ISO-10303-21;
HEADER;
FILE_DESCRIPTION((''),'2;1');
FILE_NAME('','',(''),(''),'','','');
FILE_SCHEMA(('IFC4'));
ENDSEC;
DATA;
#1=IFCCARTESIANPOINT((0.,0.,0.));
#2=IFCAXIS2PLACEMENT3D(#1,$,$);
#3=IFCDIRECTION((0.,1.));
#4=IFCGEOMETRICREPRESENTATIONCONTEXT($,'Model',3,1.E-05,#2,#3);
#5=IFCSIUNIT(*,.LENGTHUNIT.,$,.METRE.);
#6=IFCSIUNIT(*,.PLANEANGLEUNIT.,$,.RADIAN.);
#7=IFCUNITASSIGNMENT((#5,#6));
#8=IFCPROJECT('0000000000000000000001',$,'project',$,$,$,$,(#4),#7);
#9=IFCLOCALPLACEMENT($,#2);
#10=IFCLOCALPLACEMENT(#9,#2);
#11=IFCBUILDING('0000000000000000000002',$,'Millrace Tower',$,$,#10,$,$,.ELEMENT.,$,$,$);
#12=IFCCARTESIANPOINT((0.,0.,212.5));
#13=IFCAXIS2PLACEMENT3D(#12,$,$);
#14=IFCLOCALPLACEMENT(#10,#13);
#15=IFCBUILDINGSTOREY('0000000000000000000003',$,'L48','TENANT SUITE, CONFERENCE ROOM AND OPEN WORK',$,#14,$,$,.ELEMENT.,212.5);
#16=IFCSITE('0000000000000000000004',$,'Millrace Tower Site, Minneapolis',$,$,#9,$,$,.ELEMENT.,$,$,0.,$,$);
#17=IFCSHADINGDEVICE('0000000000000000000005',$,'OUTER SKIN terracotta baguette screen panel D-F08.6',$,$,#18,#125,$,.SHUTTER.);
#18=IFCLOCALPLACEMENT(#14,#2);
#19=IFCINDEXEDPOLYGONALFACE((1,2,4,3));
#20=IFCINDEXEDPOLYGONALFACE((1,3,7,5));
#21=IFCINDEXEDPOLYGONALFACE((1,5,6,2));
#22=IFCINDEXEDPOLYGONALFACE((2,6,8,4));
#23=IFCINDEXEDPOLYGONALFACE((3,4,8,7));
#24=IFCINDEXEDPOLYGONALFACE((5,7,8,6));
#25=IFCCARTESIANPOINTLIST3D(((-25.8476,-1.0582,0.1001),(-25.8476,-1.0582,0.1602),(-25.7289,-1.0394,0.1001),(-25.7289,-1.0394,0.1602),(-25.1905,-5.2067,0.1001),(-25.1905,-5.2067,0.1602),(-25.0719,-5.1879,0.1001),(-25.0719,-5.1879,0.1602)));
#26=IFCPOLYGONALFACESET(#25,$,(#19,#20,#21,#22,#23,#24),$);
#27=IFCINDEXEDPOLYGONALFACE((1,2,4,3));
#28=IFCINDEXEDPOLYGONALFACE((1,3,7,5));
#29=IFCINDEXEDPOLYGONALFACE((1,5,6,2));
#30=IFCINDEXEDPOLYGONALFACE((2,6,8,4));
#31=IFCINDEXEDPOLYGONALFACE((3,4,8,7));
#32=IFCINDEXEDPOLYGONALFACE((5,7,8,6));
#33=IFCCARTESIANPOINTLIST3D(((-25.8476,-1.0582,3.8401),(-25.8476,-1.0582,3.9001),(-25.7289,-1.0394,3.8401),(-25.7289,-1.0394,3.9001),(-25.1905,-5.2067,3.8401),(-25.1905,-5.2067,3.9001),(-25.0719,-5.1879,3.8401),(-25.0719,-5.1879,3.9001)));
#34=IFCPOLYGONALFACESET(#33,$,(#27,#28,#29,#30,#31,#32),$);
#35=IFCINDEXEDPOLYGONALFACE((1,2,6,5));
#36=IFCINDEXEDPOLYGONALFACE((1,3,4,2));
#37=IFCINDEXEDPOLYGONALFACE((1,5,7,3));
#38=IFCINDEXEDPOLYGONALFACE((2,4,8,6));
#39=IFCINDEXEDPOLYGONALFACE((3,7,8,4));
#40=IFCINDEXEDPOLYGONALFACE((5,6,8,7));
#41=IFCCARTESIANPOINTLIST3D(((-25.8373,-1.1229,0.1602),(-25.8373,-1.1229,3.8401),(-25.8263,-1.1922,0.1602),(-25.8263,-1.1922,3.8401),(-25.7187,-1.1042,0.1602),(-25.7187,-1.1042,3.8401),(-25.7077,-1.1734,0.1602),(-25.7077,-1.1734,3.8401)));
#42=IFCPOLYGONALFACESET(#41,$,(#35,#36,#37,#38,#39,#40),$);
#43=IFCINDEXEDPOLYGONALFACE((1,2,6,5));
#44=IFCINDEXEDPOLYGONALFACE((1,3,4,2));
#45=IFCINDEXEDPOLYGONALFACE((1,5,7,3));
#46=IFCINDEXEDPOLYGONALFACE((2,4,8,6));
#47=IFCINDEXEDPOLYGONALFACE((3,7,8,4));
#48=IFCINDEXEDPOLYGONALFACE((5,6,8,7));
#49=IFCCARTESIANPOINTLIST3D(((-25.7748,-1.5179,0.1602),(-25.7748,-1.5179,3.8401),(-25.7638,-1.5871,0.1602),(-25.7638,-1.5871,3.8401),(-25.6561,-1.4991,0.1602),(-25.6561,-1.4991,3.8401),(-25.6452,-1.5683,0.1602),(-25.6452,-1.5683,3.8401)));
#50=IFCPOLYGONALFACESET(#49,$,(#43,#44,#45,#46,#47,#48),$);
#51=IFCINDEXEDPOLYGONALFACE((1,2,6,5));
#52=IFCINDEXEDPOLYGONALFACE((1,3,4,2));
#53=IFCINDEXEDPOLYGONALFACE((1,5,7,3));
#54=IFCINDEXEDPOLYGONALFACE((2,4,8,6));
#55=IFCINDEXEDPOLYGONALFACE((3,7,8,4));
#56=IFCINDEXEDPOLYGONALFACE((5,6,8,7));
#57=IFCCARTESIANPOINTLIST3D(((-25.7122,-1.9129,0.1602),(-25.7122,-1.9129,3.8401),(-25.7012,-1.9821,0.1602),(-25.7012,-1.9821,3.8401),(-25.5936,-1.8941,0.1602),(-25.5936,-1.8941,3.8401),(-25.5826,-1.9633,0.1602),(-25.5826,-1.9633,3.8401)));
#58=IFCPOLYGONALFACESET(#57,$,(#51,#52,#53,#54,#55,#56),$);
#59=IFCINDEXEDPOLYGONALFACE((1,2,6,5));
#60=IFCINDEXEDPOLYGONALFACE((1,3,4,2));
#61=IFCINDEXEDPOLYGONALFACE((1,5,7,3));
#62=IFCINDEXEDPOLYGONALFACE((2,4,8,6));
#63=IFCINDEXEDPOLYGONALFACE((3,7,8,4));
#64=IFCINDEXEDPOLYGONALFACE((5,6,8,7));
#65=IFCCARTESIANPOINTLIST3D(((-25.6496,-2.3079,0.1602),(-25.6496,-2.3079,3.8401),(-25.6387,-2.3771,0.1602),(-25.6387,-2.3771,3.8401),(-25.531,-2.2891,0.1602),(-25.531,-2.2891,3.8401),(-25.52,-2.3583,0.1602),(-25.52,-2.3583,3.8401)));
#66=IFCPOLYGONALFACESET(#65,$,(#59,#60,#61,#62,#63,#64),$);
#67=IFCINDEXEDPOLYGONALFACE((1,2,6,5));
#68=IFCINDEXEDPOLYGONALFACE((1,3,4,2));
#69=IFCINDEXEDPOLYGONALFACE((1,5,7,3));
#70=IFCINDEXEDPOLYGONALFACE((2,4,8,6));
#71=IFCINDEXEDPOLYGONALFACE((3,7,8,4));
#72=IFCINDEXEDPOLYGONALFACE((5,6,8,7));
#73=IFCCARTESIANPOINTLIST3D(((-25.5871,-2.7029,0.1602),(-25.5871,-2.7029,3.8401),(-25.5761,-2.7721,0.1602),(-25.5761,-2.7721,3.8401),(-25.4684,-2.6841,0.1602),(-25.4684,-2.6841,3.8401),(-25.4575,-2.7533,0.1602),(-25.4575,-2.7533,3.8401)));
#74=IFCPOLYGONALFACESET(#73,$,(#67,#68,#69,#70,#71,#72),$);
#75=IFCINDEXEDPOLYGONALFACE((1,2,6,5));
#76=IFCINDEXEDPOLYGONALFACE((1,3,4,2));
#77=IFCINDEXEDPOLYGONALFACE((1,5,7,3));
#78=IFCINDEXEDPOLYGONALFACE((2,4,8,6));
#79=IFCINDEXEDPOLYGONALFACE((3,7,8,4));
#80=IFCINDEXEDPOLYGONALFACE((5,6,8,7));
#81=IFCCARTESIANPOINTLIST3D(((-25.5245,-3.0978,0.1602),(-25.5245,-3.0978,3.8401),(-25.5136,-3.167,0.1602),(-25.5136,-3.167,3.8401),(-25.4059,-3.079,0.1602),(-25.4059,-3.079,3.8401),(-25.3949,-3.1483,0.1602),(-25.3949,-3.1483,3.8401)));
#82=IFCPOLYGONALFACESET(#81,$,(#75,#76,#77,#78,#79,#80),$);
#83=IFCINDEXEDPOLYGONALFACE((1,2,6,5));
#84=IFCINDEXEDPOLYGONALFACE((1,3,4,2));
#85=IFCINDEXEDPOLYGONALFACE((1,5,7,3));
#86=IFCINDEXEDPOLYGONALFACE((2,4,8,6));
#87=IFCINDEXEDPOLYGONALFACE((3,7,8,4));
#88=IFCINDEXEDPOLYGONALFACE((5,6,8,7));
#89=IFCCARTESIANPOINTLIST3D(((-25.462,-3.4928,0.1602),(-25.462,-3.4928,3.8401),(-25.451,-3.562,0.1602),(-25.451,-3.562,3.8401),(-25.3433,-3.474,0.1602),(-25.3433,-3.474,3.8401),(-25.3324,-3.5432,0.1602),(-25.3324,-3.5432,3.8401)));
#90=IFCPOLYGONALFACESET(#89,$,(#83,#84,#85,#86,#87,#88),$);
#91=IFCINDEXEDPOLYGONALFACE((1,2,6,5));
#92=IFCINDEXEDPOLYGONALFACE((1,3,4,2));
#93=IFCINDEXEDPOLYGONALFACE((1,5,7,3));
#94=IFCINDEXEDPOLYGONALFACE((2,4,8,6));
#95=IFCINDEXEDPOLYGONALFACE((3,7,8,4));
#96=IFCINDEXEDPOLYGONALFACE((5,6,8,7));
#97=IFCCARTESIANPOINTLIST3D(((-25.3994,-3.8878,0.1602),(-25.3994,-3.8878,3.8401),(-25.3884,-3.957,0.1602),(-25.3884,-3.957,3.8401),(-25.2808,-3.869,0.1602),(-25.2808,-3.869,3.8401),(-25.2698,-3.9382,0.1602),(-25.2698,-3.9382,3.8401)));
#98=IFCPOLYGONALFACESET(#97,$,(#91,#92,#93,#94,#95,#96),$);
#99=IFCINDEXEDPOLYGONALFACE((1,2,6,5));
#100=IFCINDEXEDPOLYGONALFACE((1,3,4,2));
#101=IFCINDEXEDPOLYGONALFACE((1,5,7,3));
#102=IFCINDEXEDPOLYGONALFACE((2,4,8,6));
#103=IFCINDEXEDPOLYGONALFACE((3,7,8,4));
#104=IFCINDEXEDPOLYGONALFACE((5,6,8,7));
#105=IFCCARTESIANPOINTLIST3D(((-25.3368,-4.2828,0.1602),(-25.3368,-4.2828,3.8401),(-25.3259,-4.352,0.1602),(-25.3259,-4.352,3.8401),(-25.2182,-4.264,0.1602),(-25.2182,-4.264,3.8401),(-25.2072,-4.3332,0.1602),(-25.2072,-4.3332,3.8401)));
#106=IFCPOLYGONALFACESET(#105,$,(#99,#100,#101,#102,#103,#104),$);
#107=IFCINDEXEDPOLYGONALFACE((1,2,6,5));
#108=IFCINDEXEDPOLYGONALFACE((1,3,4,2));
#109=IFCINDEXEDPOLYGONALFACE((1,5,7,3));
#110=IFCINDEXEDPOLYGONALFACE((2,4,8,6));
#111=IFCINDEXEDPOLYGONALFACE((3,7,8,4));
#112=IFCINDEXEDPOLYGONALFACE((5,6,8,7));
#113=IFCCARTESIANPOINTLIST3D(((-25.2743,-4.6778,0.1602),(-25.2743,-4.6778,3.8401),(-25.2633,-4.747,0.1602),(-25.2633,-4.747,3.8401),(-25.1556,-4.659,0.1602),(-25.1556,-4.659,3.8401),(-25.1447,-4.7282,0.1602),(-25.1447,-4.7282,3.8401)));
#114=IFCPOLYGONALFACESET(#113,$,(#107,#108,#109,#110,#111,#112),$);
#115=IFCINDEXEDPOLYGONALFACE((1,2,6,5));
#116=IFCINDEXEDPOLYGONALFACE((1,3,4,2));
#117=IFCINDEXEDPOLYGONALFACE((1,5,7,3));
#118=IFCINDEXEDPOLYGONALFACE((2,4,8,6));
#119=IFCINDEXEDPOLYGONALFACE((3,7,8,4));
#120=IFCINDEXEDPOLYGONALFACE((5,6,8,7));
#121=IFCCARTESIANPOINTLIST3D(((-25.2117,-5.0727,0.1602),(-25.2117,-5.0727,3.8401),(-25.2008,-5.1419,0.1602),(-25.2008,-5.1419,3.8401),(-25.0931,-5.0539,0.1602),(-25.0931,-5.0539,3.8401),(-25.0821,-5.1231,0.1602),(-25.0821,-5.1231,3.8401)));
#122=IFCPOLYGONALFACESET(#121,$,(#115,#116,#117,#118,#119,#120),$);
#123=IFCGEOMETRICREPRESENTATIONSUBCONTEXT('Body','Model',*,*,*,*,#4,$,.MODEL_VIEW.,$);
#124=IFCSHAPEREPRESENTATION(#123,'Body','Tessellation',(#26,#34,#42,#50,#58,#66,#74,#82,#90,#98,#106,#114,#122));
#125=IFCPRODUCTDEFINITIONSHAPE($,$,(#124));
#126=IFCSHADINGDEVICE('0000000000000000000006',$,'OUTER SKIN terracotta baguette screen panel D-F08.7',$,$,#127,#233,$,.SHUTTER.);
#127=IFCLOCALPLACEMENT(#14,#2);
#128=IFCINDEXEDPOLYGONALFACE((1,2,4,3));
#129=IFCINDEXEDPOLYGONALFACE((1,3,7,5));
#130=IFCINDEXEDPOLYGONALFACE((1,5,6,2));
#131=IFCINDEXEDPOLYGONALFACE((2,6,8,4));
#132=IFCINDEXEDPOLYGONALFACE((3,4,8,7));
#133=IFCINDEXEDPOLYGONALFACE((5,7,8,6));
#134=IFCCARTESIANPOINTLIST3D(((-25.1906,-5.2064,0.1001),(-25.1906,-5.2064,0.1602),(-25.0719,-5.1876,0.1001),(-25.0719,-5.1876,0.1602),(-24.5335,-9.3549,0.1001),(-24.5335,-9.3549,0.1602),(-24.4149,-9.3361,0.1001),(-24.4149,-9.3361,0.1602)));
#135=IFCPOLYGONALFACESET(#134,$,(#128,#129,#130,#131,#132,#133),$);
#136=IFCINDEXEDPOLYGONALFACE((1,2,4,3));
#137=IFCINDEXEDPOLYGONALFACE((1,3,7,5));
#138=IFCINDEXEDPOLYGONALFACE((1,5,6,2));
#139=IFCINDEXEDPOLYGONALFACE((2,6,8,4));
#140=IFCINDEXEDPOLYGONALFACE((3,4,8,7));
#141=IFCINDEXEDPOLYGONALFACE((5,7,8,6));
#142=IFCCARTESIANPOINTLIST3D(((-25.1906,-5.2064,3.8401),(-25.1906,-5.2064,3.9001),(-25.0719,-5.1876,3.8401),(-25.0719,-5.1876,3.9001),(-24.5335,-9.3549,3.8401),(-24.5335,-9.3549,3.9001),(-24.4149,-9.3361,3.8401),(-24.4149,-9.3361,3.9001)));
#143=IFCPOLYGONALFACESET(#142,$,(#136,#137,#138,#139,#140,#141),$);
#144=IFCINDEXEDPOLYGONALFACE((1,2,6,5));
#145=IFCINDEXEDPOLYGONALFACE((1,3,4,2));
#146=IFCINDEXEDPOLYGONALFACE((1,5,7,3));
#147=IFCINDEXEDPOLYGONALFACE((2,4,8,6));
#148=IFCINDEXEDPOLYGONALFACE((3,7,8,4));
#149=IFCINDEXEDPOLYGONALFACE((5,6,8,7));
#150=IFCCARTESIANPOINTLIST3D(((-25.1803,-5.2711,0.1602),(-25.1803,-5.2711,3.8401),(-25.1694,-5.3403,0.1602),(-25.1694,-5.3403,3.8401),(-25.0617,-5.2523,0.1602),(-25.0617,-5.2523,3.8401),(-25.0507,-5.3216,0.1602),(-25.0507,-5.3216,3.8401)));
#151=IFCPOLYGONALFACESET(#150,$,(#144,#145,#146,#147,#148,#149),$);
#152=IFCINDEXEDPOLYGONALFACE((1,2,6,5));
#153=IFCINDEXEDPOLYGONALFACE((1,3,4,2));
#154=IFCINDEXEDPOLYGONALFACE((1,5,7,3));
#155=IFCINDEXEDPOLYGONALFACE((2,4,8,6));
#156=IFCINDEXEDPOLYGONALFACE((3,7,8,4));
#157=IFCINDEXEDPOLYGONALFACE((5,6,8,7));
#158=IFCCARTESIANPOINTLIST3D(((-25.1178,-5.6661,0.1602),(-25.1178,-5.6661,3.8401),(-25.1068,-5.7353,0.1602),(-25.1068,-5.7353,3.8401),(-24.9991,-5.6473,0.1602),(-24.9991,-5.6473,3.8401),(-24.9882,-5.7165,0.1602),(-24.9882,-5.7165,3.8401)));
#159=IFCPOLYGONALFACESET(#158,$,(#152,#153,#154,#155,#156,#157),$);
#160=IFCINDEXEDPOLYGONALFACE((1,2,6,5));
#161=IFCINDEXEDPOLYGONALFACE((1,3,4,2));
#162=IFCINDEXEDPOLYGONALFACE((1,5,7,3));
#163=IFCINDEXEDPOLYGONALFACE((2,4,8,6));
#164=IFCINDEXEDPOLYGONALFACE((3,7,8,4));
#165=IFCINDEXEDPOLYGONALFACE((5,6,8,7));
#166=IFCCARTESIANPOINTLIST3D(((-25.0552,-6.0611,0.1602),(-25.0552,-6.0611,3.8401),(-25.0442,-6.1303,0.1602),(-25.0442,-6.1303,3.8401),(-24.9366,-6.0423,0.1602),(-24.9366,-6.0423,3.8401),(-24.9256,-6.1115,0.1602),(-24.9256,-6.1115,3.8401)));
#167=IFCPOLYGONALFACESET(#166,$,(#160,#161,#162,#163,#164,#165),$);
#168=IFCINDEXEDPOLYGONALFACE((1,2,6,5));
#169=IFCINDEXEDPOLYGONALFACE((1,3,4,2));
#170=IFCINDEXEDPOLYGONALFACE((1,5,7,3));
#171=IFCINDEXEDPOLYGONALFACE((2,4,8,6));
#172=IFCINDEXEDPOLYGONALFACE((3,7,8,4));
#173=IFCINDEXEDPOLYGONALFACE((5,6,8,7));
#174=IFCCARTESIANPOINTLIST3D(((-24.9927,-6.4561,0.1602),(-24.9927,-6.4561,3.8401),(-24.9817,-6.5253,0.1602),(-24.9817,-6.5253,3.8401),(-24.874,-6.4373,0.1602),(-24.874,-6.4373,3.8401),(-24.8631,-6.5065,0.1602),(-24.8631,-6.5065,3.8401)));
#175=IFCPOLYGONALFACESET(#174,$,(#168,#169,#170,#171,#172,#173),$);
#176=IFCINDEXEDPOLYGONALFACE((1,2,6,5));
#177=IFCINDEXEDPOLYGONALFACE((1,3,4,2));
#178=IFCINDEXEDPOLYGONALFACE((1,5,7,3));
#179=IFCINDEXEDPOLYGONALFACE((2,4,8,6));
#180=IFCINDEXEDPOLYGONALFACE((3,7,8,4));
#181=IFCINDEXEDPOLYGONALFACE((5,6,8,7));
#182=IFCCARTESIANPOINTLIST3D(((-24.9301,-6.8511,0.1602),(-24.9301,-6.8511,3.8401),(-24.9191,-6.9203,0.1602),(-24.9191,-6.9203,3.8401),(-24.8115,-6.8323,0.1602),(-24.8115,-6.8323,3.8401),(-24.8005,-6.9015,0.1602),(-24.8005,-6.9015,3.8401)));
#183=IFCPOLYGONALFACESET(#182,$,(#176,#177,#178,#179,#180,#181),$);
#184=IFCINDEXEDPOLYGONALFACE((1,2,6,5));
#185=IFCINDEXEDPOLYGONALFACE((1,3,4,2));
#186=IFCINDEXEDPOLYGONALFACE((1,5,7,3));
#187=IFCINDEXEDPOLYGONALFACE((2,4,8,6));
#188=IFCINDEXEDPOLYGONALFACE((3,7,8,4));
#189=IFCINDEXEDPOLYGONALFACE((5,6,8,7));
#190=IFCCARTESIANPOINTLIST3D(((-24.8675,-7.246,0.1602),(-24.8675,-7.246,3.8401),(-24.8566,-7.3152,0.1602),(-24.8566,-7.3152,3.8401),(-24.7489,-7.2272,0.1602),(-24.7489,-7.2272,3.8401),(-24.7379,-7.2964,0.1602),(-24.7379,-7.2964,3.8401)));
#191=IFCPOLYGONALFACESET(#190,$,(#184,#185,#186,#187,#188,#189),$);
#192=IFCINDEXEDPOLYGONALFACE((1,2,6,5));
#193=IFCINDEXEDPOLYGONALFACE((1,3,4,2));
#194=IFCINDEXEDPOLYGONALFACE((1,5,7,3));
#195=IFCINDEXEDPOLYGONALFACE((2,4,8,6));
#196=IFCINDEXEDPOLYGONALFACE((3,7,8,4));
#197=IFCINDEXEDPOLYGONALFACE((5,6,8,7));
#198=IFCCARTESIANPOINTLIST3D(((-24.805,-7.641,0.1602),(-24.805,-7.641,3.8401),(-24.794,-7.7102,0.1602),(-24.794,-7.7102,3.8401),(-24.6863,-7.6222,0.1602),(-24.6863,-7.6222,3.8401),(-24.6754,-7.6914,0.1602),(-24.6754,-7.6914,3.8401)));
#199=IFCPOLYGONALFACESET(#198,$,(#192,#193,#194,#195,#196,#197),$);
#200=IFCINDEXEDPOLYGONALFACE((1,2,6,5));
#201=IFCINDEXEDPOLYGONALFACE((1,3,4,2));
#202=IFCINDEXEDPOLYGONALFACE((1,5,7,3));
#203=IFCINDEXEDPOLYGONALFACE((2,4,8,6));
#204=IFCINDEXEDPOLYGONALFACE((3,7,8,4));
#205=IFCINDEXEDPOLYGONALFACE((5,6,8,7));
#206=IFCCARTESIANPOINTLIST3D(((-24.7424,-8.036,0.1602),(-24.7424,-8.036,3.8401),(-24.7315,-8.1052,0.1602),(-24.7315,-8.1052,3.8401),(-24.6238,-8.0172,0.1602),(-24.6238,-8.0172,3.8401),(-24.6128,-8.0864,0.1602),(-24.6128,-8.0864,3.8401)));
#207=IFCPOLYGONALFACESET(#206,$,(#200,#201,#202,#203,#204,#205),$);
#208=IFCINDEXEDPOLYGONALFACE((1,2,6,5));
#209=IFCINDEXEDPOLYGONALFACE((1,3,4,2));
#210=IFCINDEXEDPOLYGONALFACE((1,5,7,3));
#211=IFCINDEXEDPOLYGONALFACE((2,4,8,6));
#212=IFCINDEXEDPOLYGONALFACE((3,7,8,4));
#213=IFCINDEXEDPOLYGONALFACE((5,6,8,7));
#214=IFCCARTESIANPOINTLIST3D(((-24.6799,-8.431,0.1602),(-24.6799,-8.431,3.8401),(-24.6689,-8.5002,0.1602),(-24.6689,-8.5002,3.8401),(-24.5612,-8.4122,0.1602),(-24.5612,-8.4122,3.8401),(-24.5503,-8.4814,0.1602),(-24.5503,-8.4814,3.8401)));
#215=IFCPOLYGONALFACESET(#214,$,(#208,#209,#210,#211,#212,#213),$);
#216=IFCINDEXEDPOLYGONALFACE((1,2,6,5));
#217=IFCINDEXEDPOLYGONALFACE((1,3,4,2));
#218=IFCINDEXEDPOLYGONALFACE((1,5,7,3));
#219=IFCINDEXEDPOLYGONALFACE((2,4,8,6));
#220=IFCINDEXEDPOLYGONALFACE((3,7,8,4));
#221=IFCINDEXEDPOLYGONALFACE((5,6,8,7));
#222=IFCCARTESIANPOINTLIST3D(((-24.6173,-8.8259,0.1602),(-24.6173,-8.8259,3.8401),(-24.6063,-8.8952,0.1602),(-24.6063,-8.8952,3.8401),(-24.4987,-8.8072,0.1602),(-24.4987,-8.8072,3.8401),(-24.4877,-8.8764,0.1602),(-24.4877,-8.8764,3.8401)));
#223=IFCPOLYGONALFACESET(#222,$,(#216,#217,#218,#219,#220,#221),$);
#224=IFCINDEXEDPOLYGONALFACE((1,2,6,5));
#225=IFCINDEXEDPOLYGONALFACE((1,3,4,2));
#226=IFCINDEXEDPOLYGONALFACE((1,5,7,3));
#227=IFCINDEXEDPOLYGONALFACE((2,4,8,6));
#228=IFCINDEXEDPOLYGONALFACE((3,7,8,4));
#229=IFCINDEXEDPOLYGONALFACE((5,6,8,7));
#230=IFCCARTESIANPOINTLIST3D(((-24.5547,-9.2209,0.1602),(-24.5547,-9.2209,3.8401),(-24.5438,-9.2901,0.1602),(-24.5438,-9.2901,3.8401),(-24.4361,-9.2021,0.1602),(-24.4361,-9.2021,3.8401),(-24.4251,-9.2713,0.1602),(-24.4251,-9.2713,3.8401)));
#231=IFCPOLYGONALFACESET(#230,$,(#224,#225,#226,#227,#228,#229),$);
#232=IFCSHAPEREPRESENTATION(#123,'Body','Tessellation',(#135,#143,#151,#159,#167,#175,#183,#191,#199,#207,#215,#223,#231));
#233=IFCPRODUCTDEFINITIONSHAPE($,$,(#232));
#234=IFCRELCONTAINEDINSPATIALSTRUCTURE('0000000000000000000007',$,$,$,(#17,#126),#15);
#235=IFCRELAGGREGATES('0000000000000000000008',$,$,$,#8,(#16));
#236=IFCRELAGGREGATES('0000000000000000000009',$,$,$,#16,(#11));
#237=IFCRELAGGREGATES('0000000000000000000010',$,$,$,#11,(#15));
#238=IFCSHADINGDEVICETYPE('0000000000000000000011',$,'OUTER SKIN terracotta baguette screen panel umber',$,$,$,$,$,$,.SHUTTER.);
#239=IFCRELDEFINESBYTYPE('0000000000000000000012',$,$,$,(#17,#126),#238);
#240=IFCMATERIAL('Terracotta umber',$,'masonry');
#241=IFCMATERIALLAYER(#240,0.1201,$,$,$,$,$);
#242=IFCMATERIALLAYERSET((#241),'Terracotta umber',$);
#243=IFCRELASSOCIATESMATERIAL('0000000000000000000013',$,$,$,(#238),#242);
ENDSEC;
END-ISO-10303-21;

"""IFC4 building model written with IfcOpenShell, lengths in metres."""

from ifc_helpers import new_model, entity, si_unit, direction, frame, frame_2d, origin, origin_2d, place, context, subcontext, project, spatial, rectangle, extrude, source, transform, mapped, material, layer, layer_set, type_object, element, save


model = new_model("IFC4")

# Units and contexts
model_context = context("Model", 3, precision=1e-05, world=origin(), true_north=direction((0.0, 1.0)))
body_context = subcontext(model_context, "Body", "Model", "MODEL_VIEW")
ifc_project = project(units=[si_unit("LENGTHUNIT", "METRE"), si_unit("PLANEANGLEUNIT", "RADIAN")], contexts=[model_context])

# Site, building, storey
site_placement = place(None, origin())
site = spatial("IfcSite", under=ifc_project, at=site_placement, Name="Millrace Tower Site, Minneapolis", CompositionType="ELEMENT", RefElevation=0.0)
building_placement = place(site_placement, origin())
building = spatial("IfcBuilding", under=site, at=building_placement, Name="Millrace Tower", CompositionType="ELEMENT")
storey_placement = place(building_placement, frame((0.0, 0.0, 212.5)))
storey = spatial("IfcBuildingStorey", under=building, at=storey_placement, Name="L48", Description="TENANT SUITE, CONFERENCE ROOM AND OPEN WORK", CompositionType="ELEMENT", Elevation=212.5)

# Shading devices
ifc_material_1 = material(Name="Terracotta umber", Category="masonry")
ifc_layer_1 = layer(ifc_material_1, 0.1201)
ifc_layer_set_1 = layer_set([ifc_layer_1], Name="Terracotta umber")
shading_device_type = type_object("IfcShadingDeviceType", Name="OUTER SKIN terracotta baguette screen panel umber", PredefinedType="SHUTTER", material=ifc_layer_set_1)
cartesian_point = entity("IfcCartesianPoint", [-2.1001, 0.0601])
shared_polyline = entity("IfcPolyline", [cartesian_point, entity("IfcCartesianPoint", [2.1001, 0.0601]), entity("IfcCartesianPoint", [2.1001, -0.0601]), entity("IfcCartesianPoint", [-2.1001, -0.0601]), cartesian_point])
shared_shape = source(origin(), body_context, "Body", "SweptSolid", [
    entity("IfcExtrudedAreaSolid", entity("IfcArbitraryClosedProfileDef", "AREA", None, shared_polyline), entity("IfcAxis2Placement3D", entity("IfcCartesianPoint", [0.0, 0.0, 0.0])), entity("IfcDirection", [0.0, 0.0, 1.0]), 0.0601),
    entity("IfcExtrudedAreaSolid", entity("IfcArbitraryClosedProfileDef", "AREA", None, shared_polyline), entity("IfcAxis2Placement3D", entity("IfcCartesianPoint", [0.0, 0.0, 3.74])), entity("IfcDirection", [0.0, 0.0, 1.0]), 0.0601),
    extrude(rectangle(XDim=0.0701, YDim=0.1201, at=frame_2d((-1.9995, 0.0))), frame((0.0, 0.0, 0.0601)), (0.0, 0.0, 1.0), 3.6799),
    extrude(rectangle(XDim=0.0701, YDim=0.1201, at=frame_2d((-1.5996, 0.0))), frame((0.0, 0.0, 0.0601)), (0.0, 0.0, 1.0), 3.6799),
    extrude(rectangle(XDim=0.0701, YDim=0.1201, at=frame_2d((-1.1997, 0.0))), frame((0.0, 0.0, 0.0601)), (0.0, 0.0, 1.0), 3.6799),
    extrude(rectangle(XDim=0.0701, YDim=0.1201, at=frame_2d((-0.7998, 0.0))), frame((0.0, 0.0, 0.0601)), (0.0, 0.0, 1.0), 3.6799),
    extrude(rectangle(XDim=0.0701, YDim=0.1201, at=frame_2d((-0.3999, 0.0))), frame((0.0, 0.0, 0.0601)), (0.0, 0.0, 1.0), 3.6799),
    extrude(rectangle(XDim=0.0701, YDim=0.1201, at=origin_2d()), frame((0.0, 0.0, 0.0601)), (0.0, 0.0, 1.0), 3.6799),
    extrude(rectangle(XDim=0.0701, YDim=0.1201, at=frame_2d((0.3999, 0.0))), frame((0.0, 0.0, 0.0601)), (0.0, 0.0, 1.0), 3.6799),
    extrude(rectangle(XDim=0.0701, YDim=0.1201, at=frame_2d((0.7998, 0.0))), frame((0.0, 0.0, 0.0601)), (0.0, 0.0, 1.0), 3.6799),
    extrude(rectangle(XDim=0.0701, YDim=0.1201, at=frame_2d((1.1997, 0.0))), frame((0.0, 0.0, 0.0601)), (0.0, 0.0, 1.0), 3.6799),
    extrude(rectangle(XDim=0.0701, YDim=0.1201, at=frame_2d((1.5996, 0.0))), frame((0.0, 0.0, 0.0601)), (0.0, 0.0, 1.0), 3.6799),
    extrude(rectangle(XDim=0.0701, YDim=0.1201, at=frame_2d((1.9995, 0.0))), frame((0.0, 0.0, 0.0601)), (0.0, 0.0, 1.0), 3.6799),
])
for number, where, z_axis, x_axis, name in (
    (1, (-25.4597, -3.123, 0.1001), (0.0, 0.0, 1.0), (0.156434, -0.987688, 0.0), "OUTER SKIN terracotta baguette screen panel D-F08.6"),
    (2, (-24.8027, -7.2712, 0.1001), (0.0, 0.0, 1.0), (0.156434, -0.987688, 0.0), "OUTER SKIN terracotta baguette screen panel D-F08.7"),
):
    element("IfcShadingDevice", number, at=place(storey_placement, frame(where, z_axis=z_axis, x_axis=x_axis)), inside=storey, type_object=shading_device_type, Name=name, PredefinedType="SHUTTER", context=body_context, shape_type="MappedRepresentation", body=[
        mapped(shared_shape, transform((0.0, 0.0, 0.0), scale=1.0)),
    ])

save(model, "model.ifc")
